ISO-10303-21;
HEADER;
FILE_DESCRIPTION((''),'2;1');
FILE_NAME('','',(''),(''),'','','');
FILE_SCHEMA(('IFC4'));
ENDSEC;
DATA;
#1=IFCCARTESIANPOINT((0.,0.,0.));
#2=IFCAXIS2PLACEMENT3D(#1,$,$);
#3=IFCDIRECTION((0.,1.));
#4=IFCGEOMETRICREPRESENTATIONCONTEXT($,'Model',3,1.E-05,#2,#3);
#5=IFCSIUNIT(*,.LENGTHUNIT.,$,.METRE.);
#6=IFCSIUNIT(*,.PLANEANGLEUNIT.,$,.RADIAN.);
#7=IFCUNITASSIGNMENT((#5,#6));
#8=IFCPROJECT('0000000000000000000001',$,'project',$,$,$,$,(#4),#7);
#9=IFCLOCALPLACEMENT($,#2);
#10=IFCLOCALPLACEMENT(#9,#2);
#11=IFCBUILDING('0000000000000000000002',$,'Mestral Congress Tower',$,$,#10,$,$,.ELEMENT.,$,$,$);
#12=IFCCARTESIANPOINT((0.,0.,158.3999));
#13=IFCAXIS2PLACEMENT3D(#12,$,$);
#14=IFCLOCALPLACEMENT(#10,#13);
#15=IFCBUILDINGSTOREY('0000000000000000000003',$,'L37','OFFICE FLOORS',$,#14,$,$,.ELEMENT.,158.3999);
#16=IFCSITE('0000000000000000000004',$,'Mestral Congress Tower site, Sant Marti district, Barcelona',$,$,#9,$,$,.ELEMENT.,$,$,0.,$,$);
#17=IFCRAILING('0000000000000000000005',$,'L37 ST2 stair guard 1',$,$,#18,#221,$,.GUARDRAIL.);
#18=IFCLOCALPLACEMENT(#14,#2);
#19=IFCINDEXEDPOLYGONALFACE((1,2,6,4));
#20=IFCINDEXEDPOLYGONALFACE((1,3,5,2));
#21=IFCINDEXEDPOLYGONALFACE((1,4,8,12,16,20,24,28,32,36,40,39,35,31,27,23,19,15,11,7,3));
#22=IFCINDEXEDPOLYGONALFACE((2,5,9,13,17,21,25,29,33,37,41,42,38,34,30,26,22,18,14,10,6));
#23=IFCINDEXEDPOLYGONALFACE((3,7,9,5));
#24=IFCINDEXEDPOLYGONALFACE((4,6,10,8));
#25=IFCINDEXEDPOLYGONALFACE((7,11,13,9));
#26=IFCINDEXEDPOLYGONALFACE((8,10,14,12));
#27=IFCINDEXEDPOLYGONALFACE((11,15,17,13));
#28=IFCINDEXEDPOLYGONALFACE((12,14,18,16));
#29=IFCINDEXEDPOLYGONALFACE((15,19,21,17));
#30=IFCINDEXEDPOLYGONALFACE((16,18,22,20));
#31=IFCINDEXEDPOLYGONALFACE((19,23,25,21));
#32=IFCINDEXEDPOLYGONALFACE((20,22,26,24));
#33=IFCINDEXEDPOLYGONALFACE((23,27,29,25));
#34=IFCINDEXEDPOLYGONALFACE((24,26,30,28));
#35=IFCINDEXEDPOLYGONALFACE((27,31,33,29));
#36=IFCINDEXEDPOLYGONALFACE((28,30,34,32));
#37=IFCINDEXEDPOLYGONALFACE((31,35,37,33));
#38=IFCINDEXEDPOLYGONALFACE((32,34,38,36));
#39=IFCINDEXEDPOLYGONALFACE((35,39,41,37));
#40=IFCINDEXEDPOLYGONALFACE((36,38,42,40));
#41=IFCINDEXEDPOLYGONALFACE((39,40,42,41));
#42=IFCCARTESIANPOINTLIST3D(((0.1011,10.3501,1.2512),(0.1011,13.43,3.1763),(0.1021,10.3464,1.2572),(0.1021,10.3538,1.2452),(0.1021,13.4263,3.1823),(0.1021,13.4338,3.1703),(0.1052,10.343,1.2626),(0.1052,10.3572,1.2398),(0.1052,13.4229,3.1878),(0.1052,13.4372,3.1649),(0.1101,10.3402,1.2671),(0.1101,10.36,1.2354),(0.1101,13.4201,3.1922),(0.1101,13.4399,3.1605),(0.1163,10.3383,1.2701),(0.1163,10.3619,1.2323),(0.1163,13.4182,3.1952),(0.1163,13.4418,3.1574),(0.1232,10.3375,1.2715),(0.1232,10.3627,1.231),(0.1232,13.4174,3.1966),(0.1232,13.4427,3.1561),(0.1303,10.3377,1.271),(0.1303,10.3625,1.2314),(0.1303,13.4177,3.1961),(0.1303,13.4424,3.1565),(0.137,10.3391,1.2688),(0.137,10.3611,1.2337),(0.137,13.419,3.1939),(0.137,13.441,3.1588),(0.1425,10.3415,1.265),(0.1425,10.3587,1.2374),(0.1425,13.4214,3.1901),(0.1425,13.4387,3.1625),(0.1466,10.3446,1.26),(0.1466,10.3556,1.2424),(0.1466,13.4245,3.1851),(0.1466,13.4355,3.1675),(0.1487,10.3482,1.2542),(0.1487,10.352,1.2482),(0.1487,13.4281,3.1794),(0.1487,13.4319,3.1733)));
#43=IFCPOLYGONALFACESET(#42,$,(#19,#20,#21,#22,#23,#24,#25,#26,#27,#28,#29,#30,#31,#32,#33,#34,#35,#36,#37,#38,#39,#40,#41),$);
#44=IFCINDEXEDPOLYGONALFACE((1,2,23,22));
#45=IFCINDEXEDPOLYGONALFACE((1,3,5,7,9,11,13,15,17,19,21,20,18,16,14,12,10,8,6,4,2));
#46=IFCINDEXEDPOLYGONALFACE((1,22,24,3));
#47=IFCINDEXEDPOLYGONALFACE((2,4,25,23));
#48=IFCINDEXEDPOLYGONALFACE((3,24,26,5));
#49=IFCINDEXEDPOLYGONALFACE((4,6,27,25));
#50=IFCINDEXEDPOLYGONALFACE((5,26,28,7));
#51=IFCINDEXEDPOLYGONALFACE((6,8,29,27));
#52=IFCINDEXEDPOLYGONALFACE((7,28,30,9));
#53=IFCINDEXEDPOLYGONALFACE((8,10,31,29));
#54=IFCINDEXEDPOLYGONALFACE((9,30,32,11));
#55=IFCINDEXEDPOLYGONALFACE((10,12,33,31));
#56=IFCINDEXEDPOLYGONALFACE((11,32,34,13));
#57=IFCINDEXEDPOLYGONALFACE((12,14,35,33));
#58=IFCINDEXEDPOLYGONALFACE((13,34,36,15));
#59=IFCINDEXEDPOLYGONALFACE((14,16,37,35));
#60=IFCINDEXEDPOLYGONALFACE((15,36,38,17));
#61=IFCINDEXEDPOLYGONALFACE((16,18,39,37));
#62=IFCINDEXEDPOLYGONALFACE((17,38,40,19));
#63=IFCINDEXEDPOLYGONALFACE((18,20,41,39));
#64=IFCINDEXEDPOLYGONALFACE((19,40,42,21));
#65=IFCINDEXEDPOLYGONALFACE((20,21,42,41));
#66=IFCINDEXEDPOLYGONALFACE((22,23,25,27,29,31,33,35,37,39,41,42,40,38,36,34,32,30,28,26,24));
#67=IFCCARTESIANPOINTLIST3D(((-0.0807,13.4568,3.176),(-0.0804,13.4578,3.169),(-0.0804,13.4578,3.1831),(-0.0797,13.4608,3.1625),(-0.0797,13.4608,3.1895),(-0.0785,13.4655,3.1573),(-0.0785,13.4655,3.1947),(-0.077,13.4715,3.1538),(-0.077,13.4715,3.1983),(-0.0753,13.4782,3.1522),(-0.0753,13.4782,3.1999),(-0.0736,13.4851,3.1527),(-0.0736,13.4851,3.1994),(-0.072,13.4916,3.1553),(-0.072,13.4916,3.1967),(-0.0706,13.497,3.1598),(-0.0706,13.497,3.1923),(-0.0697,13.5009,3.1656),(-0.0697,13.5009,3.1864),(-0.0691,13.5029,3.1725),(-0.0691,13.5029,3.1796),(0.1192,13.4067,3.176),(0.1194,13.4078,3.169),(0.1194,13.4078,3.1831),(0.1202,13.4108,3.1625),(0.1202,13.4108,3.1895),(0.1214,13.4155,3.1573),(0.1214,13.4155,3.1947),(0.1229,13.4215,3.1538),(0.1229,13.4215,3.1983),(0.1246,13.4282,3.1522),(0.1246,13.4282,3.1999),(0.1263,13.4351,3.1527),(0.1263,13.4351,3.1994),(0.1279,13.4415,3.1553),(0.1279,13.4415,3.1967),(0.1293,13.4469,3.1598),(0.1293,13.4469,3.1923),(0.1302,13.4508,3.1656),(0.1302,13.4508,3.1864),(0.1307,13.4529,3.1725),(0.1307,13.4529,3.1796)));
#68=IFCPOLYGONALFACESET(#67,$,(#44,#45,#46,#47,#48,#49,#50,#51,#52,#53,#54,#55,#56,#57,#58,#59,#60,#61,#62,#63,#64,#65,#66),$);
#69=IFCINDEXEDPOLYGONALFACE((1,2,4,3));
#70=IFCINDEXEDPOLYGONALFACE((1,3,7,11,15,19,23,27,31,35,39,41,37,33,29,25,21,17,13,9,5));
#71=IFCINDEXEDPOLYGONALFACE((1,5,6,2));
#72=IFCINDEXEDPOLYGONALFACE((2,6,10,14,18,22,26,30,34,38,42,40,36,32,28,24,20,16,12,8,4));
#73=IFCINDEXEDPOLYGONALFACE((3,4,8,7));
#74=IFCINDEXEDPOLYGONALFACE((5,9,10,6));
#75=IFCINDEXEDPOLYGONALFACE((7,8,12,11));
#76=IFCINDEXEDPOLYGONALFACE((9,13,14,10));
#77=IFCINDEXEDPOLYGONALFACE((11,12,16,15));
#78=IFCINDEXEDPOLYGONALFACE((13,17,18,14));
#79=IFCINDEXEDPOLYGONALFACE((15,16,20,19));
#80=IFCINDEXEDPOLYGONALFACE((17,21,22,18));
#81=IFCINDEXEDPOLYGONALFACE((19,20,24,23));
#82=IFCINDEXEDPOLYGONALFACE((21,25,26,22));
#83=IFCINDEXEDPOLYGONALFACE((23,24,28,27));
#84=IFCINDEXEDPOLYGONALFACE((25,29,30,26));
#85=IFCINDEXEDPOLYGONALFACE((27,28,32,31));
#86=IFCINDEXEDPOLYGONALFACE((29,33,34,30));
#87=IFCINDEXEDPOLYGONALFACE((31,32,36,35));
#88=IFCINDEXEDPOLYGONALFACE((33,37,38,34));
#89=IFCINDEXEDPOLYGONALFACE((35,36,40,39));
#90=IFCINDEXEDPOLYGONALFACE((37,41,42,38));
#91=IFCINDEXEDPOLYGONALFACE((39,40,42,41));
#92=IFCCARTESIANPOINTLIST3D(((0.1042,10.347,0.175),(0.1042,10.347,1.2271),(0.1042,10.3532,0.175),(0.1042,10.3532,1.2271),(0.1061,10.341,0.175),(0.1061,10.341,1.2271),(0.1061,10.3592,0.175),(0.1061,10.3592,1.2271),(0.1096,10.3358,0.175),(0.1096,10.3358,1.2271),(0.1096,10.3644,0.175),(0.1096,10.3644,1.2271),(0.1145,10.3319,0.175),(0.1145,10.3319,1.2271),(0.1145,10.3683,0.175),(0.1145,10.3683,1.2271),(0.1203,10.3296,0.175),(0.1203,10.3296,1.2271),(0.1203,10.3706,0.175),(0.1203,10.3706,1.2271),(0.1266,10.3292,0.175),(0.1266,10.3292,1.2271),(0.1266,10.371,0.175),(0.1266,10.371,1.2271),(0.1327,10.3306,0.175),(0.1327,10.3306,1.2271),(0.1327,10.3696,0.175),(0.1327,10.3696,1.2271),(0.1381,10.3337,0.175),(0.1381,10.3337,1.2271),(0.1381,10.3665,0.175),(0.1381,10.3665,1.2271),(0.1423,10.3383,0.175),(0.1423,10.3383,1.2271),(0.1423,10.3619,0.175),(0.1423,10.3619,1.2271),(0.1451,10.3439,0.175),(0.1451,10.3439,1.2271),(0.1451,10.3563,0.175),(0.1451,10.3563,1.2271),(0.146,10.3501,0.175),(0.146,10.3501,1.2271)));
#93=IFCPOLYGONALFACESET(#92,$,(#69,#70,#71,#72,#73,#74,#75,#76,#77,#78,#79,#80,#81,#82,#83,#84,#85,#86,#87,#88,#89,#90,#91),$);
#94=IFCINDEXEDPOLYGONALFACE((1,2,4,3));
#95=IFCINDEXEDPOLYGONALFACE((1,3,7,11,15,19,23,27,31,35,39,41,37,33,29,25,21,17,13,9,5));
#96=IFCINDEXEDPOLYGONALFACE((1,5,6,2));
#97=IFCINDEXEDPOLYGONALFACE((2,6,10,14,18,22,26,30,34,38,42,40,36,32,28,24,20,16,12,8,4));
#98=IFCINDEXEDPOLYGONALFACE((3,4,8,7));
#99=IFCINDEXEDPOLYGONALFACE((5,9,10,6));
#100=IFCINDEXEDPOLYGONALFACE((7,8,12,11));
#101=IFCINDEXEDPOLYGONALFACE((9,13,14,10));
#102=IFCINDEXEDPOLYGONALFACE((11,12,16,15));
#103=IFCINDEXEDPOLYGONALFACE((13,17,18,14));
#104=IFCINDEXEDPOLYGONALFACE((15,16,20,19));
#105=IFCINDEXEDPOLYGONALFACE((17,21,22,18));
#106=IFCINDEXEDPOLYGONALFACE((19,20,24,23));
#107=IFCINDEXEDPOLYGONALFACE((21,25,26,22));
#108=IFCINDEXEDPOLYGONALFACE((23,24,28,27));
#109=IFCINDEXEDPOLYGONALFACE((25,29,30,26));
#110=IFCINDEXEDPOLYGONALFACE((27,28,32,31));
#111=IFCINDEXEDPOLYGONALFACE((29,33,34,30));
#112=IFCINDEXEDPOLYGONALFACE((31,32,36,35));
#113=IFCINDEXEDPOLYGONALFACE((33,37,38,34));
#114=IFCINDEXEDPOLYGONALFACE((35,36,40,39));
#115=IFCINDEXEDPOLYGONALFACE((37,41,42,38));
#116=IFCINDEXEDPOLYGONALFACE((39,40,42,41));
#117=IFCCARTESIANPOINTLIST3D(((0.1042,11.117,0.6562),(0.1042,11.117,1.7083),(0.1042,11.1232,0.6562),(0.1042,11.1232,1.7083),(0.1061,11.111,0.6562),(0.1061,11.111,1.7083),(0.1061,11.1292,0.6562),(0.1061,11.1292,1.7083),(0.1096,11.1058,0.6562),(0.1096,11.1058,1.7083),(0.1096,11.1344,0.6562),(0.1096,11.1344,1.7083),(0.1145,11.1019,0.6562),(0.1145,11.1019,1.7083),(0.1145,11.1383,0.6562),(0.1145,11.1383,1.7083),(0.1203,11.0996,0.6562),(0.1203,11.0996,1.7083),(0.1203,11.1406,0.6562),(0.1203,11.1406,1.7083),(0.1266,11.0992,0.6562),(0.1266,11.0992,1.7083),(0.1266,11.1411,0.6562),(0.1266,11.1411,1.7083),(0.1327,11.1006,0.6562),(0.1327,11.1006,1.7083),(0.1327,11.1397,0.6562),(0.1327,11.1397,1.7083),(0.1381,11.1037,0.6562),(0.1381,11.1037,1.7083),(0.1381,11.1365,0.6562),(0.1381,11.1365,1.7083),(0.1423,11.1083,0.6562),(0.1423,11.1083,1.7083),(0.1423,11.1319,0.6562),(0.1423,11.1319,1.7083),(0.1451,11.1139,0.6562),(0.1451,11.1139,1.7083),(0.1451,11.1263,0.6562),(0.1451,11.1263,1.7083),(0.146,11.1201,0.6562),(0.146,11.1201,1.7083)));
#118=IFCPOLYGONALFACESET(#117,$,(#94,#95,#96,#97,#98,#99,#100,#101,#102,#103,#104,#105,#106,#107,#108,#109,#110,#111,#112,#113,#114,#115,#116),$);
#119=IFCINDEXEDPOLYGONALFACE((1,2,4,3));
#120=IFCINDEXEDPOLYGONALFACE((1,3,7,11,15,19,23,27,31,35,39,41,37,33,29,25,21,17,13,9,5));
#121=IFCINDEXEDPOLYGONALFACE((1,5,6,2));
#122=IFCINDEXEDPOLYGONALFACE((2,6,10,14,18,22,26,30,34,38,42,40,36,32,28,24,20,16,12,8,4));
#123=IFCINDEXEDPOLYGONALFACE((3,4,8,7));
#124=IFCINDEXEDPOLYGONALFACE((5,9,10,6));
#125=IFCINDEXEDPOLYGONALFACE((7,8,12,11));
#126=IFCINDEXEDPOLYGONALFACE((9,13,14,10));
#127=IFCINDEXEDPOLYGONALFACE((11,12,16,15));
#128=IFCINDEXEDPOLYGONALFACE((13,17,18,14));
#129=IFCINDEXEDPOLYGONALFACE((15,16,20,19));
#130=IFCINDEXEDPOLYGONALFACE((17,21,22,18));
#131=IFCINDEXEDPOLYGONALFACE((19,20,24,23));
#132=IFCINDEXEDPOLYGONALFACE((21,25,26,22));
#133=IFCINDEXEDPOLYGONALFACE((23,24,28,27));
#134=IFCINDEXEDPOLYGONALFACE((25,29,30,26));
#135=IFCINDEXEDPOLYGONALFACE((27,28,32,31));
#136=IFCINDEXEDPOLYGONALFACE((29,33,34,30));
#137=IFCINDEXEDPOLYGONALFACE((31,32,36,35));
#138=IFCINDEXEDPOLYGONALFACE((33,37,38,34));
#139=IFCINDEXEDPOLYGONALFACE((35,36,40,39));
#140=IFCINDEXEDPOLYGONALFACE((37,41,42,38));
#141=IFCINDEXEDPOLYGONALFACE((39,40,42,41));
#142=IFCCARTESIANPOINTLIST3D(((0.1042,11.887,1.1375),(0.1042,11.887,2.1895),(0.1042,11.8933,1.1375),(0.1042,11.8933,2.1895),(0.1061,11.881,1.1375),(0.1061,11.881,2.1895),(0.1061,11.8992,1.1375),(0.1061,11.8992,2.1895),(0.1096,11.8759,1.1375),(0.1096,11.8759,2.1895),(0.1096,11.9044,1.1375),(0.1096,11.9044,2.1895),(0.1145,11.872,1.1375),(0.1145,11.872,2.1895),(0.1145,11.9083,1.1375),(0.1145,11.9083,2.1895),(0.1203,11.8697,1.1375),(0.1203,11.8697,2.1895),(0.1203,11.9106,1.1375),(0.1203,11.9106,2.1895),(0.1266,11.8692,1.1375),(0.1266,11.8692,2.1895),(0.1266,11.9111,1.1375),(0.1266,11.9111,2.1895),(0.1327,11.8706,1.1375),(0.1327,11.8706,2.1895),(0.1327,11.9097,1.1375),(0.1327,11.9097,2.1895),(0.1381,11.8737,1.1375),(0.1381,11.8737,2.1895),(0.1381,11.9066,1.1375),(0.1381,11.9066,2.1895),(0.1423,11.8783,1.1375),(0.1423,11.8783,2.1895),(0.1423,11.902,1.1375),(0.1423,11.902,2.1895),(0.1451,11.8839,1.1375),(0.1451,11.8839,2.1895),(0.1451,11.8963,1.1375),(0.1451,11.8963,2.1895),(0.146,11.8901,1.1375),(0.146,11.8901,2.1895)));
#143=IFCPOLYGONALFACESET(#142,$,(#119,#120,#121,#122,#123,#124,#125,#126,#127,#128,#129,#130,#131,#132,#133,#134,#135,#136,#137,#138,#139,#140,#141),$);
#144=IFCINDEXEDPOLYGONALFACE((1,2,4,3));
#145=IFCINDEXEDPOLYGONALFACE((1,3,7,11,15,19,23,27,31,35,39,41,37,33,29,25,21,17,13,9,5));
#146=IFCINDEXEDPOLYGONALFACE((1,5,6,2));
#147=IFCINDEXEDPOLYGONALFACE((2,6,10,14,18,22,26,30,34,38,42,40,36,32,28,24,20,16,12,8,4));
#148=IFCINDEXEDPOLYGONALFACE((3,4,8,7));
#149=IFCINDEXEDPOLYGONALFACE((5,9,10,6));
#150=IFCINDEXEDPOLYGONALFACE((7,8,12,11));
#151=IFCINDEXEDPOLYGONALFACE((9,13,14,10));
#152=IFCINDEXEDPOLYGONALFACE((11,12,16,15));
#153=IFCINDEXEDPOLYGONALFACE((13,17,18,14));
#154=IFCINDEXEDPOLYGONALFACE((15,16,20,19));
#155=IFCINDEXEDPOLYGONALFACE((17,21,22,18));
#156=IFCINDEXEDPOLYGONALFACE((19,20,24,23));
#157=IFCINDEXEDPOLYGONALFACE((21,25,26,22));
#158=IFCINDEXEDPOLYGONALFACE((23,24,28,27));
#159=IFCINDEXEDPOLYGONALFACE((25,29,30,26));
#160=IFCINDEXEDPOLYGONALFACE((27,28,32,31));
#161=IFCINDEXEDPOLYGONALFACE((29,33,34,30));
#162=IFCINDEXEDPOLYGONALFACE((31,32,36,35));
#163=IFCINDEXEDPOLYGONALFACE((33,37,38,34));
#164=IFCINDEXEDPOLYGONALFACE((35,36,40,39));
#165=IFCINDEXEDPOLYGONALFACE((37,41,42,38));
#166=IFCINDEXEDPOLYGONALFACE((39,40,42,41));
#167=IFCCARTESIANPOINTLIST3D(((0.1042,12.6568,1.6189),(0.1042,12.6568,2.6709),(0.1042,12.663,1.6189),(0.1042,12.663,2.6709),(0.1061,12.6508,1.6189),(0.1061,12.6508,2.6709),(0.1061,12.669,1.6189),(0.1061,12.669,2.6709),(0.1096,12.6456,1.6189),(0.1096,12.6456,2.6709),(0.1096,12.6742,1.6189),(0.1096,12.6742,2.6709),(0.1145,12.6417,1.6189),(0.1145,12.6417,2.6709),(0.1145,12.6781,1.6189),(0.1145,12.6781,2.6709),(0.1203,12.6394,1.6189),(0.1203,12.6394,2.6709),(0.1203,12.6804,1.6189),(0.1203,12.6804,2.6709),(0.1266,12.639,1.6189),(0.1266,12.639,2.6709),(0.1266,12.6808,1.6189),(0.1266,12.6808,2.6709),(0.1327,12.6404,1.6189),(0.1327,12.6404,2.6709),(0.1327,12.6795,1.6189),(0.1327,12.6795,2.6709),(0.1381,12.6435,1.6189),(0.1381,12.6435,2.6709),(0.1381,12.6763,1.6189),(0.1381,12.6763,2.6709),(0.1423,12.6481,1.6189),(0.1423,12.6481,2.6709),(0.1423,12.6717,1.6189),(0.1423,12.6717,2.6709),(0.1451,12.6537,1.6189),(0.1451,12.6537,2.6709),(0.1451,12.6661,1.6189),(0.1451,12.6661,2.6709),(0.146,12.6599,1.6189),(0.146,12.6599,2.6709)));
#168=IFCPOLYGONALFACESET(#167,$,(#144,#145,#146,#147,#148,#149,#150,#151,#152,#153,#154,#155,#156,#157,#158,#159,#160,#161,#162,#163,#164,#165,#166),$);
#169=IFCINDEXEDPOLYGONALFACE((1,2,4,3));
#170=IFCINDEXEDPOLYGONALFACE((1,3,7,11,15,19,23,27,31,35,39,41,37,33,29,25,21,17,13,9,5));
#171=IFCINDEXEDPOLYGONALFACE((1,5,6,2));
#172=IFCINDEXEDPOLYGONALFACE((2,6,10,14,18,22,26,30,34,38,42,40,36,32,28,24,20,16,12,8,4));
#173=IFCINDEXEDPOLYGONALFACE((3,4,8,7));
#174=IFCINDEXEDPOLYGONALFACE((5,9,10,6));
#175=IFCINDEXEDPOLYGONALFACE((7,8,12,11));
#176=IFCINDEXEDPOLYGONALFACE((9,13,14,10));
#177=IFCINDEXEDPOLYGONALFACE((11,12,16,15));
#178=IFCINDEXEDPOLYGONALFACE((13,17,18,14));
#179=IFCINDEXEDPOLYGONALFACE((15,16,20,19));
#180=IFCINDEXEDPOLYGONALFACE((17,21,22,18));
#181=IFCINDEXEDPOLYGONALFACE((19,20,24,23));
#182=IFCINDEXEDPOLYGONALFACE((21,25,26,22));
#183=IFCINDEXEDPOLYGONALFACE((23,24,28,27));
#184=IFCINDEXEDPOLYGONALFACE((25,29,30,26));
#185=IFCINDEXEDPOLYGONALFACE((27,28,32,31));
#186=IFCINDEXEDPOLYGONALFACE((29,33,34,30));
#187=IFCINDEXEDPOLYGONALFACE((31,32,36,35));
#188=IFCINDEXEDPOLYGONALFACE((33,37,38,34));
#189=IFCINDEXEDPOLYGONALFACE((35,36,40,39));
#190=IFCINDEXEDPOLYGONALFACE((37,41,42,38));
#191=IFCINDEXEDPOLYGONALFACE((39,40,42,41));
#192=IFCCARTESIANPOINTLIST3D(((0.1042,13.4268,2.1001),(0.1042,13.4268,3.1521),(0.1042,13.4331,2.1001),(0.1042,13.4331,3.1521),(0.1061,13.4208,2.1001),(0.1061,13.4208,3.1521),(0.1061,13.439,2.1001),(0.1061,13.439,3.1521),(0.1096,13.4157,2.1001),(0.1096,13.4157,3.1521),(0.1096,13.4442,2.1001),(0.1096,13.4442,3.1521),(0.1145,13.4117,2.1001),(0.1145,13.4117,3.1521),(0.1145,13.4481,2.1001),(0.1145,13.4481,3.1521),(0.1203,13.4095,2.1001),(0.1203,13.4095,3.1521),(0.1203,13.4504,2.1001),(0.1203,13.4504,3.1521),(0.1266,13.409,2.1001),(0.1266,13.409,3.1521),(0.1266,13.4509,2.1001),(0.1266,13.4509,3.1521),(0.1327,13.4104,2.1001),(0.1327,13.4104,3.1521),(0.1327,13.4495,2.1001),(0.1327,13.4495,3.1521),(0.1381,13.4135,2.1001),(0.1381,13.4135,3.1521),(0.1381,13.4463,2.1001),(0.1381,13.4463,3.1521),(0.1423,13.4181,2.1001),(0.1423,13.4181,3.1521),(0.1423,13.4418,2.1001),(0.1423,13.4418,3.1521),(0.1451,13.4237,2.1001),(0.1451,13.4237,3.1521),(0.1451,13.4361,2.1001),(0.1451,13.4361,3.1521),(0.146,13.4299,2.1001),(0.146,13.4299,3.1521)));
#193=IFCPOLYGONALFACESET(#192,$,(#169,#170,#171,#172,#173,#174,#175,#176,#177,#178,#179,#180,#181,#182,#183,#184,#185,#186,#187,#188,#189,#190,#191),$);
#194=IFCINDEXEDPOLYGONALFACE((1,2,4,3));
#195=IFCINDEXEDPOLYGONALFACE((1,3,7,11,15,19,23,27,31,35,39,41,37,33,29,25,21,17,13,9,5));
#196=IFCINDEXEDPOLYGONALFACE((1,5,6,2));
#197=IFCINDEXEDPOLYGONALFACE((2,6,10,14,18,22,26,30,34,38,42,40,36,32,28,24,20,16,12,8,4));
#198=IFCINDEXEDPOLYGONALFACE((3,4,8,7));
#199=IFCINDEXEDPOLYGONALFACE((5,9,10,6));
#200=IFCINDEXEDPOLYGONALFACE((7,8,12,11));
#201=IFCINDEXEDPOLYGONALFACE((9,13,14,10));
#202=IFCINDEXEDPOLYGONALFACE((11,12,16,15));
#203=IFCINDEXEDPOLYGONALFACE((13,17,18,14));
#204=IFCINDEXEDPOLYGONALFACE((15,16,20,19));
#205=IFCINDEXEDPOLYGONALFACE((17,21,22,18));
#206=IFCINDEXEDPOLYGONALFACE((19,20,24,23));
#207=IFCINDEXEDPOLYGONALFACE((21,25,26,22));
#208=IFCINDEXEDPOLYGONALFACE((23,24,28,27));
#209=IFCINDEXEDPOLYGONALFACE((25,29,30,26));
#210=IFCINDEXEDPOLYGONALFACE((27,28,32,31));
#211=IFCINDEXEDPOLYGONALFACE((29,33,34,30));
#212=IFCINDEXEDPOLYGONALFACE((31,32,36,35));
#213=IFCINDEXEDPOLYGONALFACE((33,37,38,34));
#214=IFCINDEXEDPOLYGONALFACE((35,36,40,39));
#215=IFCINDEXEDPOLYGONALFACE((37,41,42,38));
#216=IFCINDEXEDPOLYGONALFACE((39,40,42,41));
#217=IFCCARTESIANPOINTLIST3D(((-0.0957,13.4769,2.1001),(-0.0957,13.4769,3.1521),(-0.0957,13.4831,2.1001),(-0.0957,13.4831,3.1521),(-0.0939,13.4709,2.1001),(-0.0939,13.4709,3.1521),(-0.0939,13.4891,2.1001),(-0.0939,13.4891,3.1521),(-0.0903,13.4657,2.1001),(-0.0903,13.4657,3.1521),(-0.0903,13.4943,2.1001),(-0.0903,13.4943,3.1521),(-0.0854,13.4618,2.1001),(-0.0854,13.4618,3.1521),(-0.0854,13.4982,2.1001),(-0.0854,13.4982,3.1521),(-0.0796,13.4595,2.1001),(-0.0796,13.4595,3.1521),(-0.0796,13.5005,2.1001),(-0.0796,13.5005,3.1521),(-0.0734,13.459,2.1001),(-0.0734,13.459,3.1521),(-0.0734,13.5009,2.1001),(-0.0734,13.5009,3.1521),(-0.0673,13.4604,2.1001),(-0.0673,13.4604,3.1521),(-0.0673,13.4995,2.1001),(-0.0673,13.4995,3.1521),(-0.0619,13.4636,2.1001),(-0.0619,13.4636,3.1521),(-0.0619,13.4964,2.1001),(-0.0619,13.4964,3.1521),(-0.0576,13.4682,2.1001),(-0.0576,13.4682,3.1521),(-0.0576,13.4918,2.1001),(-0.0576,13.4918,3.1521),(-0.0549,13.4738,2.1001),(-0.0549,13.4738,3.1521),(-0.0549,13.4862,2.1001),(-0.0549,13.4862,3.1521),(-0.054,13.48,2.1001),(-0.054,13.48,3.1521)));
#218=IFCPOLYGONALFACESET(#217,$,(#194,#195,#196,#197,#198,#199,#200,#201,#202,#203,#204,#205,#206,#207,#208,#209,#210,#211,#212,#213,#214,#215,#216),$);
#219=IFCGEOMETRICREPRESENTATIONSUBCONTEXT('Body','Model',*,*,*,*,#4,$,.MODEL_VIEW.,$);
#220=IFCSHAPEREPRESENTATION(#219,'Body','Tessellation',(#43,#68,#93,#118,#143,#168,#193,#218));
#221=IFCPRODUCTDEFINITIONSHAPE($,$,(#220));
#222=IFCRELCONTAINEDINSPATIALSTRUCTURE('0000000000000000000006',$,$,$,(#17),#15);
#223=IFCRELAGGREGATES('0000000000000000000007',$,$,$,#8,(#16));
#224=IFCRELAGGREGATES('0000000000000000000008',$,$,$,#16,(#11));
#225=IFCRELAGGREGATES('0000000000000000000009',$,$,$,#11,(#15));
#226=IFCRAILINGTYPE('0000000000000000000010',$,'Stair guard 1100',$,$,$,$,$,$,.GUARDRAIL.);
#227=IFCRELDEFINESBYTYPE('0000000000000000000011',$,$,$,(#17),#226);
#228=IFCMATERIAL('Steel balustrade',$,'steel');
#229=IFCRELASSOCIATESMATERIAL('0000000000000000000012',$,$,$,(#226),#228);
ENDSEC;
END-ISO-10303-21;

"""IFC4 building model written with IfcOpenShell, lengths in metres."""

from ifc_helpers import new_model, si_unit, direction, frame, origin, origin_2d, place, context, subcontext, project, spatial, circle, extrude, material, type_object, element, save


model = new_model("IFC4")

# Units and contexts
model_context = context("Model", 3, precision=1e-05, world=origin(), true_north=direction((0.0, 1.0)))
body_context = subcontext(model_context, "Body", "Model", "MODEL_VIEW")
ifc_project = project(units=[si_unit("LENGTHUNIT", "METRE"), si_unit("PLANEANGLEUNIT", "RADIAN")], contexts=[model_context])

# Site, building, storey
site_placement = place(None, origin())
site = spatial("IfcSite", under=ifc_project, at=site_placement, Name="Mestral Congress Tower site, Sant Marti district, Barcelona", CompositionType="ELEMENT", RefElevation=0.0)
building_placement = place(site_placement, origin())
building = spatial("IfcBuilding", under=site, at=building_placement, Name="Mestral Congress Tower", CompositionType="ELEMENT")
storey_placement = place(building_placement, frame((0.0, 0.0, 158.3999)))
storey = spatial("IfcBuildingStorey", under=building, at=storey_placement, Name="L37", Description="OFFICE FLOORS", CompositionType="ELEMENT", Elevation=158.3999)

# Railing
ifc_material_1 = material(Name="Steel balustrade", Category="steel")
railing_type_1 = type_object("IfcRailingType", Name="Stair guard 1100", PredefinedType="GUARDRAIL", material=ifc_material_1)
railing_1_placement = place(storey_placement, frame((0.125, 10.3501, 0.175)))
element("IfcRailing", 1, at=railing_1_placement, inside=storey, type_object=railing_type_1, Name="L37 ST2 stair guard 1", PredefinedType="GUARDRAIL", context=body_context, shape_type="SweptSolid", body=[
    extrude(circle(Radius=0.0239, at=origin_2d()), frame((0.0, 0.0, 1.0762), z_axis=(0.0, 0.847979, 0.530029), x_axis=(-1.0, 0.0, 0.0)), (0.0, 0.0, 1.0), 3.6321),
    extrude(circle(Radius=0.0239, at=origin_2d()), frame((0.0, 3.0798, 3.001), z_axis=(-0.970073, 0.242814, 0.0), x_axis=(-0.242814, -0.970073, 0.0)), (0.0, 0.0, 1.0), 0.2061),
    extrude(circle(Radius=0.021, at=origin_2d()), origin(), (0.0, 0.0, 1.0), 1.052),
    extrude(circle(Radius=0.021, at=origin_2d()), frame((0.0, 0.77, 0.4812)), (0.0, 0.0, 1.0), 1.052),
    extrude(circle(Radius=0.021, at=origin_2d()), frame((0.0, 1.54, 0.9624)), (0.0, 0.0, 1.0), 1.052),
    extrude(circle(Radius=0.021, at=origin_2d()), frame((0.0, 2.3098, 1.4438)), (0.0, 0.0, 1.0), 1.052),
    extrude(circle(Radius=0.021, at=origin_2d()), frame((0.0, 3.0798, 1.925)), (0.0, 0.0, 1.0), 1.052),
    extrude(circle(Radius=0.021, at=origin_2d()), frame((-0.2, 3.1299, 1.925)), (0.0, 0.0, 1.0), 1.052),
])

save(model, "model.ifc")
